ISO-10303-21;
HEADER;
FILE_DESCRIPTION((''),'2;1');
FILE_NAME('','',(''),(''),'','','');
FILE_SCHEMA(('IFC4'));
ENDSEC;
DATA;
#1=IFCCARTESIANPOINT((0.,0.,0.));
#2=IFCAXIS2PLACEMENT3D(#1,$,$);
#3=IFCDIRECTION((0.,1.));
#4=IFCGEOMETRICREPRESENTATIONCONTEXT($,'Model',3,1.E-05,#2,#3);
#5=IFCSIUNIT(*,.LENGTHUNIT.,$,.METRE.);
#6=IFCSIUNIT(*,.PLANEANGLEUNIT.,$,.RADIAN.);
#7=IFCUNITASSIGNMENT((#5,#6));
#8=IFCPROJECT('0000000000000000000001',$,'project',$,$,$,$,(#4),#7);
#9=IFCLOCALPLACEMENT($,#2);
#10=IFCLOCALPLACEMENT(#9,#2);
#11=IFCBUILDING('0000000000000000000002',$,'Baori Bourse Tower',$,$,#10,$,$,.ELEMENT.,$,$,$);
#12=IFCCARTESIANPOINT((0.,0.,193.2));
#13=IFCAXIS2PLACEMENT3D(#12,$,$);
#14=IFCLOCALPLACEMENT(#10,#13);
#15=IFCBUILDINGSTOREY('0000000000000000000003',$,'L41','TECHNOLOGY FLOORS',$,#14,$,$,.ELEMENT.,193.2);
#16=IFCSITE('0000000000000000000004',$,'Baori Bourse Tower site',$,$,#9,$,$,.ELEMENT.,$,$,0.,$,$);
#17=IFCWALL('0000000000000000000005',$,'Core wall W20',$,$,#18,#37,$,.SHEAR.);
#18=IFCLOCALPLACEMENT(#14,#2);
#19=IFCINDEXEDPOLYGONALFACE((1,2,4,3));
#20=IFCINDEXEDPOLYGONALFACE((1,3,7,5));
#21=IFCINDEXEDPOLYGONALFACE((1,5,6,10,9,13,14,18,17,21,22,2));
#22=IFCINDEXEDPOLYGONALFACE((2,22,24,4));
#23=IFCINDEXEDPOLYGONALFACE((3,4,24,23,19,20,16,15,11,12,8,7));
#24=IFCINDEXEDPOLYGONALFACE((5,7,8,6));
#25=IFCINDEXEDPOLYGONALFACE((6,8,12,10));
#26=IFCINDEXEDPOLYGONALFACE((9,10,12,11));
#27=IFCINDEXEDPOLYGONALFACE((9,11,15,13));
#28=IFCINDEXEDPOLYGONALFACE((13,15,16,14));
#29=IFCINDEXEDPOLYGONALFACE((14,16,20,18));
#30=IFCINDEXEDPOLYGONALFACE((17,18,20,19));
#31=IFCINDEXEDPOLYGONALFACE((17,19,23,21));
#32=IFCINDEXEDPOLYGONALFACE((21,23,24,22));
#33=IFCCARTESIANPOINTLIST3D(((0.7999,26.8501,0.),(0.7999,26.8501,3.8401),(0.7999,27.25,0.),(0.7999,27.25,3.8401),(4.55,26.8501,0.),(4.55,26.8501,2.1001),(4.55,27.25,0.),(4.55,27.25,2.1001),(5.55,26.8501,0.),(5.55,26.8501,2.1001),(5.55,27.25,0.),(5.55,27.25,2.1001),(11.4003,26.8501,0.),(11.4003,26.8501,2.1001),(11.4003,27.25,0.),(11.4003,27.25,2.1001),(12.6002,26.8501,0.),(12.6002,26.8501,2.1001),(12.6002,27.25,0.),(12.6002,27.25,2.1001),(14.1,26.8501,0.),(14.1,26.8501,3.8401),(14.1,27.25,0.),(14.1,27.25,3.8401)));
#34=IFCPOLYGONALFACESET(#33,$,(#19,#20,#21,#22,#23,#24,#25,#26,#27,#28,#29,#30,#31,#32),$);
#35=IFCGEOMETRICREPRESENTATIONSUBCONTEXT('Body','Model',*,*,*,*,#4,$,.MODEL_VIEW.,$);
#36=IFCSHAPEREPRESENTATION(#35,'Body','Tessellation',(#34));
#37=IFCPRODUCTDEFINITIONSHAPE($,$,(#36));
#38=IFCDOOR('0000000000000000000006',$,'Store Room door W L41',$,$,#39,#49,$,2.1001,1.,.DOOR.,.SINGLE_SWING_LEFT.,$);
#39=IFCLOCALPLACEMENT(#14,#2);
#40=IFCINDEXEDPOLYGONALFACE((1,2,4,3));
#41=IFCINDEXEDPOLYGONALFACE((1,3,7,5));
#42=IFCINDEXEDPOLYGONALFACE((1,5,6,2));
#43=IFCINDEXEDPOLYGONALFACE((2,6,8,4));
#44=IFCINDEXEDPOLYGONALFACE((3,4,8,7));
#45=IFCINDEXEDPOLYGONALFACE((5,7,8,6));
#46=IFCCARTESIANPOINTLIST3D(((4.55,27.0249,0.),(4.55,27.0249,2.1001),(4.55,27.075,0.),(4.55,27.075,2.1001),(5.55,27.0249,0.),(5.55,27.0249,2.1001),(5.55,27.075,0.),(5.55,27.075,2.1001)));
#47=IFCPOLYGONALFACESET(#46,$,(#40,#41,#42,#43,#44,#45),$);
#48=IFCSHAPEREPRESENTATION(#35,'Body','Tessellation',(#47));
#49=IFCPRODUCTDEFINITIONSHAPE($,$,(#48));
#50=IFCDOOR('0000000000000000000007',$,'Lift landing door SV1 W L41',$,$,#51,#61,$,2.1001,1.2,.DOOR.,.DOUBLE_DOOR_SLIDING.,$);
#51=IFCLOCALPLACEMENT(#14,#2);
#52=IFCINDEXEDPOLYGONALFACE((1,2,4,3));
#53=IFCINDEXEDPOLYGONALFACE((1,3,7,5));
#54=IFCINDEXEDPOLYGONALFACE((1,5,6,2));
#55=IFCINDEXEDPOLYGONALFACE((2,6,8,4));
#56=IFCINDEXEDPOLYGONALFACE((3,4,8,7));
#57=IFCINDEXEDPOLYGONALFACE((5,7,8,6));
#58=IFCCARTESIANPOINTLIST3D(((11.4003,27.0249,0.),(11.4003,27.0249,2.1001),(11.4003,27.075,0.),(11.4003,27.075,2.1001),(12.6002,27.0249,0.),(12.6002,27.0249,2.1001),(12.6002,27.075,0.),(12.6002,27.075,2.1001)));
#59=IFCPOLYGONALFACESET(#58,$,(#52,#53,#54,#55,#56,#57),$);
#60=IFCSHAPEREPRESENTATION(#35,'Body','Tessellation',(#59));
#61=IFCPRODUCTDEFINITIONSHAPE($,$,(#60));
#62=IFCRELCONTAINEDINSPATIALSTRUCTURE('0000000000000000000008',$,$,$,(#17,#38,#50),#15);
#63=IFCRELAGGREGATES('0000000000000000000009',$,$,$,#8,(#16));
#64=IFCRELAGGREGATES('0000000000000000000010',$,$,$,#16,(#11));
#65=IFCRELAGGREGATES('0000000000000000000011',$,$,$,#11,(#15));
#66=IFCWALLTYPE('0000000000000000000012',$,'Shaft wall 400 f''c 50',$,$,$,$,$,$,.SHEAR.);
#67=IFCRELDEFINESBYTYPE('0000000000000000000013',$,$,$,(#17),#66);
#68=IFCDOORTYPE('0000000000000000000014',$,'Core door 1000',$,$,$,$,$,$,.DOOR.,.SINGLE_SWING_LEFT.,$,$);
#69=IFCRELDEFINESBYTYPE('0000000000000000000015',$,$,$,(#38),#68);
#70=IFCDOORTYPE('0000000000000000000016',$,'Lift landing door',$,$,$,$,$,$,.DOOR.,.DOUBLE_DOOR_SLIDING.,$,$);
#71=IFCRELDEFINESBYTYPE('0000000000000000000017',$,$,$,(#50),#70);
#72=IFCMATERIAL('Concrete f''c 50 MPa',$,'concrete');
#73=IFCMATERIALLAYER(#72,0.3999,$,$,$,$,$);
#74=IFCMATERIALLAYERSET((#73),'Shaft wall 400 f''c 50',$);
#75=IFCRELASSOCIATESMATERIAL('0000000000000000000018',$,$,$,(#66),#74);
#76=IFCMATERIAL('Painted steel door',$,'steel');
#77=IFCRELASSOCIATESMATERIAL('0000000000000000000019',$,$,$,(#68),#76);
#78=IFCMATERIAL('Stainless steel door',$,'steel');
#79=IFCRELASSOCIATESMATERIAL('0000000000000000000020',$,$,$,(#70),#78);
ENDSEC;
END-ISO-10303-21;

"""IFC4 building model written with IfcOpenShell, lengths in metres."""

from ifc_helpers import new_model, si_unit, direction, frame, frame_2d, origin, place, context, subcontext, project, spatial, rectangle, extrude, material, layer, layer_set, type_object, element, fill, save


model = new_model("IFC4")

# Units and contexts
model_context = context("Model", 3, precision=1e-05, world=origin(), true_north=direction((0.0, 1.0)))
body_context = subcontext(model_context, "Body", "Model", "MODEL_VIEW")
ifc_project = project(units=[si_unit("LENGTHUNIT", "METRE"), si_unit("PLANEANGLEUNIT", "RADIAN")], contexts=[model_context])

# Site, building, storey
site_placement = place(None, origin())
site = spatial("IfcSite", under=ifc_project, at=site_placement, Name="Baori Bourse Tower site", CompositionType="ELEMENT", RefElevation=0.0)
building_placement = place(site_placement, origin())
building = spatial("IfcBuilding", under=site, at=building_placement, Name="Baori Bourse Tower", CompositionType="ELEMENT")
storey_placement = place(building_placement, frame((0.0, 0.0, 193.2)))
storey = spatial("IfcBuildingStorey", under=building, at=storey_placement, Name="L41", Description="TECHNOLOGY FLOORS", CompositionType="ELEMENT", Elevation=193.2)

# Wall, openings, doors
ifc_material_1 = material(Name="Concrete f'c 50 MPa", Category="concrete")
ifc_layer_1 = layer(ifc_material_1, 0.3999)
ifc_layer_set_1 = layer_set([ifc_layer_1], Name="Shaft wall 400 f'c 50")
wall_type_1 = type_object("IfcWallType", Name="Shaft wall 400 f'c 50", PredefinedType="SHEAR", material=ifc_layer_set_1)
wall_1_placement = place(storey_placement, frame((0.8, 27.05, 0.0), z_axis=(0.0, 0.0, 1.0), x_axis=(1.0, 0.0, 0.0)))
wall_1 = element("IfcWall", 1, at=wall_1_placement, inside=storey, type_object=wall_type_1, Name="Core wall W20", PredefinedType="SHEAR", context=body_context, shape_type="SweptSolid", body=[
    extrude(rectangle(XDim=13.3, YDim=0.3999, at=frame_2d((6.6499, 0.0))), origin(), (0.0, 0.0, 1.0), 3.8401),
])
opening_1_placement = place(wall_1_placement, frame((3.75, 0.0, 0.0)))
opening_1 = element("IfcOpeningElement", 2, at=opening_1_placement, cuts=wall_1, PredefinedType="OPENING", context=body_context, shape_type="SweptSolid", body=[
    extrude(rectangle(XDim=1.0, YDim=2.1001, at=frame_2d((0.5, 1.05))), frame((0.0, 0.21, 0.0), z_axis=(0.0, -1.0, 0.0), x_axis=(1.0, 0.0, 0.0)), (0.0, 0.0, 1.0), 0.4199),
])
opening_2_placement = place(wall_1_placement, frame((10.6001, 0.0, 0.0)))
opening_2 = element("IfcOpeningElement", 3, at=opening_2_placement, cuts=wall_1, PredefinedType="OPENING", context=body_context, shape_type="SweptSolid", body=[
    extrude(rectangle(XDim=1.2, YDim=2.1001, at=frame_2d((0.6001, 1.05))), frame((0.0, 0.21, 0.0), z_axis=(0.0, -1.0, 0.0), x_axis=(1.0, 0.0, 0.0)), (0.0, 0.0, 1.0), 0.4199),
])
ifc_material_2 = material(Name="Painted steel door", Category="steel")
door_type_1 = type_object("IfcDoorType", Name="Core door 1000", OperationType="SINGLE_SWING_LEFT", PredefinedType="DOOR", material=ifc_material_2)
door_1_placement = place(opening_1_placement, origin())
door_1 = element("IfcDoor", 4, at=door_1_placement, inside=storey, type_object=door_type_1, Name="Store Room door W L41", OperationType="SINGLE_SWING_LEFT", OverallHeight=2.1001, OverallWidth=1.0, PredefinedType="DOOR", context=body_context, shape_type="SweptSolid", body=[
    extrude(rectangle(XDim=1.0, YDim=2.1001, at=frame_2d((0.5, 1.05))), frame((0.0, 0.0249, 0.0), z_axis=(0.0, -1.0, 0.0), x_axis=(1.0, 0.0, 0.0)), (0.0, 0.0, 1.0), 0.05),
])
fill(opening_1, door_1)
ifc_material_3 = material(Name="Stainless steel door", Category="steel")
door_type_2 = type_object("IfcDoorType", Name="Lift landing door", OperationType="DOUBLE_DOOR_SLIDING", PredefinedType="DOOR", material=ifc_material_3)
door_2_placement = place(opening_2_placement, origin())
door_2 = element("IfcDoor", 5, at=door_2_placement, inside=storey, type_object=door_type_2, Name="Lift landing door SV1 W L41", OperationType="DOUBLE_DOOR_SLIDING", OverallHeight=2.1001, OverallWidth=1.2, PredefinedType="DOOR", context=body_context, shape_type="SweptSolid", body=[
    extrude(rectangle(XDim=1.2, YDim=2.1001, at=frame_2d((0.6001, 1.05))), frame((0.0, 0.0249, 0.0), z_axis=(0.0, -1.0, 0.0), x_axis=(1.0, 0.0, 0.0)), (0.0, 0.0, 1.0), 0.05),
])
fill(opening_2, door_2)

save(model, "model.ifc")
